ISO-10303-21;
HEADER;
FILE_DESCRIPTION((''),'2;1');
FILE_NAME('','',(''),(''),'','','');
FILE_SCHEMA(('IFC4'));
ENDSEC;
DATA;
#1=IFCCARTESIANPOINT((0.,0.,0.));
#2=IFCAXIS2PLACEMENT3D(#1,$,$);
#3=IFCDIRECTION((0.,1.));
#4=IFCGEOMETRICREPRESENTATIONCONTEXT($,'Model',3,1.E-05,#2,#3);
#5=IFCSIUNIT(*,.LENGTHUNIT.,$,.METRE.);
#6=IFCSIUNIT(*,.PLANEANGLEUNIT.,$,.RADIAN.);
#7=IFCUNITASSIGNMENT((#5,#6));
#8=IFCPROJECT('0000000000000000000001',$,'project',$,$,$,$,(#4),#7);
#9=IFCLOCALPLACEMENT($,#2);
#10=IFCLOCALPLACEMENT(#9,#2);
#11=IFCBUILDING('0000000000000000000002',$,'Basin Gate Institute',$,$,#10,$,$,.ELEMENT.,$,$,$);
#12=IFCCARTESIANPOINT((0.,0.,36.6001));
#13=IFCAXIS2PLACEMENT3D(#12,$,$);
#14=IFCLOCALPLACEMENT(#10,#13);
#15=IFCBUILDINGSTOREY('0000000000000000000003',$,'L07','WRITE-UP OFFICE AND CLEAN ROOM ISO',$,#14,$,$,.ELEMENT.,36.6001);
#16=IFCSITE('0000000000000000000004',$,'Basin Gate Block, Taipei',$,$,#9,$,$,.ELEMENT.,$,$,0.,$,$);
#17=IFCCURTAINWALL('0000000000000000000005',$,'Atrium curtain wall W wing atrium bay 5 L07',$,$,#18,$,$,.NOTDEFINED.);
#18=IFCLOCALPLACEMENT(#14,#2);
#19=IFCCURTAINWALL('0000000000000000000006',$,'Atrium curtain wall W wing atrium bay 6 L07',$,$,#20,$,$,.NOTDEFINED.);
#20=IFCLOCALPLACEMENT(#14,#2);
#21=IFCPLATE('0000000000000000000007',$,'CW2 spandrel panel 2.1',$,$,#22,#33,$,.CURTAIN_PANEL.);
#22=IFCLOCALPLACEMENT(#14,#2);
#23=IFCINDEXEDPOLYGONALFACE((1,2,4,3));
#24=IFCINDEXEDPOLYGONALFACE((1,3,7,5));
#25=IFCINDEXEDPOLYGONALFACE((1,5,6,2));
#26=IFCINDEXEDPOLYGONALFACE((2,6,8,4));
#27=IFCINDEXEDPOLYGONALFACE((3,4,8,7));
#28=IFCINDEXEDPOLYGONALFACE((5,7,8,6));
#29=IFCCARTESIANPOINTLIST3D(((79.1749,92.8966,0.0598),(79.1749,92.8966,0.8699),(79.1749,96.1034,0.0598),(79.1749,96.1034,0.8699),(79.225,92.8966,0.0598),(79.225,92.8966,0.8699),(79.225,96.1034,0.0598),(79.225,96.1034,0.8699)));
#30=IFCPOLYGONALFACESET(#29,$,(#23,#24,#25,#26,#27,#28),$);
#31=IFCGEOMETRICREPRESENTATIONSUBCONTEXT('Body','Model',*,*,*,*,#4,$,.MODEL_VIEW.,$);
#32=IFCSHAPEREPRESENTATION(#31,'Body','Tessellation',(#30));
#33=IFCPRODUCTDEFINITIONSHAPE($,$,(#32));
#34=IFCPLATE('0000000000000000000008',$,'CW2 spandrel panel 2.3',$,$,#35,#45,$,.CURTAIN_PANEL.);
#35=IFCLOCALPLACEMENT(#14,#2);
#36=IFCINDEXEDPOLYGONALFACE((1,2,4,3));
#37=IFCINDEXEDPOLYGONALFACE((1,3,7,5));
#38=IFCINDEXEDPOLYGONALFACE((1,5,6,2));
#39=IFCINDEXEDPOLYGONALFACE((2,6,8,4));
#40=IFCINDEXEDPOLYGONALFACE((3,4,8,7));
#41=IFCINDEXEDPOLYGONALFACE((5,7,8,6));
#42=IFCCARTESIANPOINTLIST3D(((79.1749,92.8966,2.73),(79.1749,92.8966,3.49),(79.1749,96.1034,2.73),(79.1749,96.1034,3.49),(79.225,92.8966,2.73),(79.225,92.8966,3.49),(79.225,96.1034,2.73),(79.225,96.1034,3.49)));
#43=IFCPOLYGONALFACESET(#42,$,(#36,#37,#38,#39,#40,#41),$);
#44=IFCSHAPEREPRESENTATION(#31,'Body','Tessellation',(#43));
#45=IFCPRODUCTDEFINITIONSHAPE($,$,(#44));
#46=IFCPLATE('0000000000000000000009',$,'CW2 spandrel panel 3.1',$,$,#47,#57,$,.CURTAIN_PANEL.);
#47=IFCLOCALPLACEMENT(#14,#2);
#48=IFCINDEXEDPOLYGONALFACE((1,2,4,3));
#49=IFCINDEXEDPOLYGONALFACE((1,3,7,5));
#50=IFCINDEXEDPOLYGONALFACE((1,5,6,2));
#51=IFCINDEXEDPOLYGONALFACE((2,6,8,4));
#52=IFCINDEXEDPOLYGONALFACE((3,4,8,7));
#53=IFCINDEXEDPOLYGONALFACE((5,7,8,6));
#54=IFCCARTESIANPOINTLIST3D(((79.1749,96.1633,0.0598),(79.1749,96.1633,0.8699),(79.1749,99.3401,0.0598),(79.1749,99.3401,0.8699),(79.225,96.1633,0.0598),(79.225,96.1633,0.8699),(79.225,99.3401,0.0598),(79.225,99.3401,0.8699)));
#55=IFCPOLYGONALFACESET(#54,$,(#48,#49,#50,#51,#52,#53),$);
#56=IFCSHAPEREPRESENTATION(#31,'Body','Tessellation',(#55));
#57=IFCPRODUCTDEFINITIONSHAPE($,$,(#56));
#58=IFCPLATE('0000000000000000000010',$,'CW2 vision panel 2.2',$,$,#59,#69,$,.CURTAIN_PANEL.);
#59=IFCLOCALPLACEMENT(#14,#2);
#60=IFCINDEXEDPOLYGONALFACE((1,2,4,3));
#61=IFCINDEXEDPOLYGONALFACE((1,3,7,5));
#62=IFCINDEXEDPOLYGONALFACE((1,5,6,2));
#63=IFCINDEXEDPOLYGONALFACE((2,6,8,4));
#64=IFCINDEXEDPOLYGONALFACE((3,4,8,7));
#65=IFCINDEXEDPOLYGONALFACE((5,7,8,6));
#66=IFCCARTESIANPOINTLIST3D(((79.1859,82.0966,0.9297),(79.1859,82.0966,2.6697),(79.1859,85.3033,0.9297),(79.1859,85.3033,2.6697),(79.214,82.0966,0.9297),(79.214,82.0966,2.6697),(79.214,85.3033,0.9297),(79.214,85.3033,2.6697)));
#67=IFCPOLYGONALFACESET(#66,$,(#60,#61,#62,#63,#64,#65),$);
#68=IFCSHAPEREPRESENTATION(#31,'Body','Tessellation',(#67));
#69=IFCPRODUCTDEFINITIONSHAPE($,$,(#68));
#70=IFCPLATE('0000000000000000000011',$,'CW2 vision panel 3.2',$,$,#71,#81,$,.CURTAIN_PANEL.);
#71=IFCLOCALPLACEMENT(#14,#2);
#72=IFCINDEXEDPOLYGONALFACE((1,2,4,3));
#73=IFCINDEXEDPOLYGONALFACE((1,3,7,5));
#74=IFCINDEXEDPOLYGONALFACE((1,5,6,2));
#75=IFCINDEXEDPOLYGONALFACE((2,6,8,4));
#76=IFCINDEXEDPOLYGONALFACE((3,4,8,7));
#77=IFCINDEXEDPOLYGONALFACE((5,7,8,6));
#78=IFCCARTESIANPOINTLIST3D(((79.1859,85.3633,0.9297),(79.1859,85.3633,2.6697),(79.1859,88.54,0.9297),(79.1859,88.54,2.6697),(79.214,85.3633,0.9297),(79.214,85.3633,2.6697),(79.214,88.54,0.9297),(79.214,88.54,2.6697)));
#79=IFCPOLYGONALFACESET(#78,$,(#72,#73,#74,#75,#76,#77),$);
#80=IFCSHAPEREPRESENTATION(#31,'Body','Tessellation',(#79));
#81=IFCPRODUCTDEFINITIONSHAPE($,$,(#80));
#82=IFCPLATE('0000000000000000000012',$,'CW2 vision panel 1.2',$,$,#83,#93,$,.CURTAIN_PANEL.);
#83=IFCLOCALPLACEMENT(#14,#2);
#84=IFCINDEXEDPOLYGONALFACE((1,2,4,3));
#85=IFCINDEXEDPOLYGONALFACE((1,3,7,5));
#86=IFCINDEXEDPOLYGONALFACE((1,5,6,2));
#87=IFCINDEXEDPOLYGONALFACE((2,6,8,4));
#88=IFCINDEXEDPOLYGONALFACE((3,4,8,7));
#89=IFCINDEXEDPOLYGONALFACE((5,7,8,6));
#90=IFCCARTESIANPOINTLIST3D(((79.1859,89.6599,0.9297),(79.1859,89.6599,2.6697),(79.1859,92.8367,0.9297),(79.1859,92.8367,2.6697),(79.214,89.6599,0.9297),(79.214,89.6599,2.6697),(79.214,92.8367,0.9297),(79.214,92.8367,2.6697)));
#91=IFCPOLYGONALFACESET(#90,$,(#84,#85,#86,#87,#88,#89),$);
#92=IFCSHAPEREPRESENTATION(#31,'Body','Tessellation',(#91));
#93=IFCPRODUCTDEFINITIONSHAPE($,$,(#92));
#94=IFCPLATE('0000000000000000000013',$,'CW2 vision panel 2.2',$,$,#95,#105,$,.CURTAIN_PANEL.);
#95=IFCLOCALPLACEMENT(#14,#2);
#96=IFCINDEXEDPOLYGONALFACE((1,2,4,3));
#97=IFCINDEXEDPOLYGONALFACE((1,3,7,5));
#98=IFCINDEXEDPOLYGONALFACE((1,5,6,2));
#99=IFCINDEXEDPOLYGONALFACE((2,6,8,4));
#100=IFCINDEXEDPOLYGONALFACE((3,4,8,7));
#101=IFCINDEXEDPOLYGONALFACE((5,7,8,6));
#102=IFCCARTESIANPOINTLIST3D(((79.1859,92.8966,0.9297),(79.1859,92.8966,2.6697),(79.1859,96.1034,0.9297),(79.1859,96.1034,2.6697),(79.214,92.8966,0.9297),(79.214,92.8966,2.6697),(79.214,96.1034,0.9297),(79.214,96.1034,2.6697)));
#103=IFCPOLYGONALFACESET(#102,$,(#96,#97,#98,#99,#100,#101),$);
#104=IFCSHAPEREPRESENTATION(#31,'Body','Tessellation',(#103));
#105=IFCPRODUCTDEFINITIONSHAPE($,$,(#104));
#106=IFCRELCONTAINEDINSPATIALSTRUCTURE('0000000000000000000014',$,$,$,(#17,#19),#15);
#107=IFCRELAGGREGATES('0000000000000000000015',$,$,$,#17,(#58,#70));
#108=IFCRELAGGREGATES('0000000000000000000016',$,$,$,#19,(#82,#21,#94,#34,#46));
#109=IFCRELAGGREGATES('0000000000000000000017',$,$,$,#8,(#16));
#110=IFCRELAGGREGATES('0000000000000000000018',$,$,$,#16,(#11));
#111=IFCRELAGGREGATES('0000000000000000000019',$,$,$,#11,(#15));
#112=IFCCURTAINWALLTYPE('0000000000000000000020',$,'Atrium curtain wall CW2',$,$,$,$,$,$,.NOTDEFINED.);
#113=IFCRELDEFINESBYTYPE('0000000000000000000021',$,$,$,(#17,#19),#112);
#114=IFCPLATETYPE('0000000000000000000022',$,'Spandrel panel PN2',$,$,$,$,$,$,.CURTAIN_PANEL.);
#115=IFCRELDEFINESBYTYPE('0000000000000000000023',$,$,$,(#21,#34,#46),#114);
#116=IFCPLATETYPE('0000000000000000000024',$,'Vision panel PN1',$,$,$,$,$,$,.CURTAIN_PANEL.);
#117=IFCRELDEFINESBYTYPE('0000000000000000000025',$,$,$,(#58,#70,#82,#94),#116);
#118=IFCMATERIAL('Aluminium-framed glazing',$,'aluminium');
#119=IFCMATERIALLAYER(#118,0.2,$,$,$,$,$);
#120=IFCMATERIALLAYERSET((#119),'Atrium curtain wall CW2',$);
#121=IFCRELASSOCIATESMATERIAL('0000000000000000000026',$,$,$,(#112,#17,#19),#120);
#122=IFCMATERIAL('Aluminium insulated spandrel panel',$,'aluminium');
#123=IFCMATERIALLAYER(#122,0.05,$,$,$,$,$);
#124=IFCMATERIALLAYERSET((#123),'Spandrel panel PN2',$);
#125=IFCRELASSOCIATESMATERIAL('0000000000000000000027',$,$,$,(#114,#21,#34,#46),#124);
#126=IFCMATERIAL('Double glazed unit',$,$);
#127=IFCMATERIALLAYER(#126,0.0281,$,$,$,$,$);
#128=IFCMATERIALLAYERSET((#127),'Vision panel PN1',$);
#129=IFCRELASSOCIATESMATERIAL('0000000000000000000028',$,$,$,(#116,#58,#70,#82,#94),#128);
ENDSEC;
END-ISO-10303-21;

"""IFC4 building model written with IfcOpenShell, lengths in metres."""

from ifc_helpers import new_model, si_unit, direction, frame, origin, origin_2d, place, context, subcontext, project, spatial, rectangle, extrude, material, layer, layer_set, type_object, element, aggregate, save


model = new_model("IFC4")

# Units and contexts
model_context = context("Model", 3, precision=1e-05, world=origin(), true_north=direction((0.0, 1.0)))
body_context = subcontext(model_context, "Body", "Model", "MODEL_VIEW")
ifc_project = project(units=[si_unit("LENGTHUNIT", "METRE"), si_unit("PLANEANGLEUNIT", "RADIAN")], contexts=[model_context])

# Site, building, storey
site_placement = place(None, origin())
site = spatial("IfcSite", under=ifc_project, at=site_placement, Name="Basin Gate Block, Taipei", CompositionType="ELEMENT", RefElevation=0.0)
building_placement = place(site_placement, origin())
building = spatial("IfcBuilding", under=site, at=building_placement, Name="Basin Gate Institute", CompositionType="ELEMENT")
storey_placement = place(building_placement, frame((0.0, 0.0, 36.6001)))
storey = spatial("IfcBuildingStorey", under=building, at=storey_placement, Name="L07", Description="WRITE-UP OFFICE AND CLEAN ROOM ISO", CompositionType="ELEMENT", Elevation=36.6001)

# Curtain walls
ifc_material_1 = material(Name="Aluminium-framed glazing", Category="aluminium")
ifc_layer_1 = layer(ifc_material_1, 0.2)
ifc_layer_set_1 = layer_set([ifc_layer_1], Name="Atrium curtain wall CW2")
curtain_wall_type = type_object("IfcCurtainWallType", Name="Atrium curtain wall CW2", PredefinedType="NOTDEFINED", material=ifc_layer_set_1)
curtain_wall_1_placement = place(storey_placement, origin())
curtain_wall_1 = element("IfcCurtainWall", 1, at=curtain_wall_1_placement, inside=storey, type_object=curtain_wall_type, material=ifc_layer_set_1, Name="Atrium curtain wall W wing atrium bay 5 L07", PredefinedType="NOTDEFINED")
curtain_wall_2_placement = place(storey_placement, origin())
curtain_wall_2 = element("IfcCurtainWall", 2, at=curtain_wall_2_placement, inside=storey, type_object=curtain_wall_type, material=ifc_layer_set_1, Name="Atrium curtain wall W wing atrium bay 6 L07", PredefinedType="NOTDEFINED")

# Plates
ifc_material_2 = material(Name="Aluminium insulated spandrel panel", Category="aluminium")
ifc_layer_2 = layer(ifc_material_2, 0.05)
ifc_layer_set_2 = layer_set([ifc_layer_2], Name="Spandrel panel PN2")
plate_type_1 = type_object("IfcPlateType", Name="Spandrel panel PN2", PredefinedType="CURTAIN_PANEL", material=ifc_layer_set_2)
plate_1_placement = place(storey_placement, frame((79.2, 94.5, 0.0598), z_axis=(0.0, 0.0, 1.0), x_axis=(0.0, 1.0, 0.0)))
plate_1 = element("IfcPlate", 3, at=plate_1_placement, type_object=plate_type_1, material=ifc_layer_set_2, Name="CW2 spandrel panel 2.1", PredefinedType="CURTAIN_PANEL", context=body_context, shape_type="SweptSolid", body=[
    extrude(rectangle(XDim=3.2068, YDim=0.05, at=origin_2d()), origin(), (0.0, 0.0, 1.0), 0.8101),
])
plate_2_placement = place(storey_placement, frame((79.2, 94.5, 2.73), z_axis=(0.0, 0.0, 1.0), x_axis=(0.0, 1.0, 0.0)))
plate_2 = element("IfcPlate", 4, at=plate_2_placement, type_object=plate_type_1, material=ifc_layer_set_2, Name="CW2 spandrel panel 2.3", PredefinedType="CURTAIN_PANEL", context=body_context, shape_type="SweptSolid", body=[
    extrude(rectangle(XDim=3.2068, YDim=0.05, at=origin_2d()), origin(), (0.0, 0.0, 1.0), 0.76),
])
plate_3_placement = place(storey_placement, frame((79.2, 97.7517, 0.0598), z_axis=(0.0, 0.0, 1.0), x_axis=(0.0, 1.0, 0.0)))
plate_3 = element("IfcPlate", 5, at=plate_3_placement, type_object=plate_type_1, material=ifc_layer_set_2, Name="CW2 spandrel panel 3.1", PredefinedType="CURTAIN_PANEL", context=body_context, shape_type="SweptSolid", body=[
    extrude(rectangle(XDim=3.1768, YDim=0.05, at=origin_2d()), origin(), (0.0, 0.0, 1.0), 0.8101),
])
ifc_material_3 = material(Name="Double glazed unit")
ifc_layer_3 = layer(ifc_material_3, 0.0281)
ifc_layer_set_3 = layer_set([ifc_layer_3], Name="Vision panel PN1")
plate_type_2 = type_object("IfcPlateType", Name="Vision panel PN1", PredefinedType="CURTAIN_PANEL", material=ifc_layer_set_3)
plate_4_placement = place(storey_placement, frame((79.2, 83.7, 0.9297), z_axis=(0.0, 0.0, 1.0), x_axis=(0.0, 1.0, 0.0)))
plate_4 = element("IfcPlate", 6, at=plate_4_placement, type_object=plate_type_2, material=ifc_layer_set_3, Name="CW2 vision panel 2.2", PredefinedType="CURTAIN_PANEL", context=body_context, shape_type="SweptSolid", body=[
    extrude(rectangle(XDim=3.2068, YDim=0.0281, at=origin_2d()), origin(), (0.0, 0.0, 1.0), 1.74),
])
plate_5_placement = place(storey_placement, frame((79.2, 86.9517, 0.9297), z_axis=(0.0, 0.0, 1.0), x_axis=(0.0, 1.0, 0.0)))
plate_5 = element("IfcPlate", 7, at=plate_5_placement, type_object=plate_type_2, material=ifc_layer_set_3, Name="CW2 vision panel 3.2", PredefinedType="CURTAIN_PANEL", context=body_context, shape_type="SweptSolid", body=[
    extrude(rectangle(XDim=3.1768, YDim=0.0281, at=origin_2d()), origin(), (0.0, 0.0, 1.0), 1.74),
])
aggregate(curtain_wall_1, [plate_4, plate_5])
plate_6_placement = place(storey_placement, frame((79.2, 91.2483, 0.9297), z_axis=(0.0, 0.0, 1.0), x_axis=(0.0, 1.0, 0.0)))
plate_6 = element("IfcPlate", 8, at=plate_6_placement, type_object=plate_type_2, material=ifc_layer_set_3, Name="CW2 vision panel 1.2", PredefinedType="CURTAIN_PANEL", context=body_context, shape_type="SweptSolid", body=[
    extrude(rectangle(XDim=3.1768, YDim=0.0281, at=origin_2d()), origin(), (0.0, 0.0, 1.0), 1.74),
])
plate_7_placement = place(storey_placement, frame((79.2, 94.5, 0.9297), z_axis=(0.0, 0.0, 1.0), x_axis=(0.0, 1.0, 0.0)))
plate_7 = element("IfcPlate", 9, at=plate_7_placement, type_object=plate_type_2, material=ifc_layer_set_3, Name="CW2 vision panel 2.2", PredefinedType="CURTAIN_PANEL", context=body_context, shape_type="SweptSolid", body=[
    extrude(rectangle(XDim=3.2068, YDim=0.0281, at=origin_2d()), origin(), (0.0, 0.0, 1.0), 1.74),
])
aggregate(curtain_wall_2, [plate_6, plate_1, plate_7, plate_2, plate_3])

save(model, "model.ifc")
